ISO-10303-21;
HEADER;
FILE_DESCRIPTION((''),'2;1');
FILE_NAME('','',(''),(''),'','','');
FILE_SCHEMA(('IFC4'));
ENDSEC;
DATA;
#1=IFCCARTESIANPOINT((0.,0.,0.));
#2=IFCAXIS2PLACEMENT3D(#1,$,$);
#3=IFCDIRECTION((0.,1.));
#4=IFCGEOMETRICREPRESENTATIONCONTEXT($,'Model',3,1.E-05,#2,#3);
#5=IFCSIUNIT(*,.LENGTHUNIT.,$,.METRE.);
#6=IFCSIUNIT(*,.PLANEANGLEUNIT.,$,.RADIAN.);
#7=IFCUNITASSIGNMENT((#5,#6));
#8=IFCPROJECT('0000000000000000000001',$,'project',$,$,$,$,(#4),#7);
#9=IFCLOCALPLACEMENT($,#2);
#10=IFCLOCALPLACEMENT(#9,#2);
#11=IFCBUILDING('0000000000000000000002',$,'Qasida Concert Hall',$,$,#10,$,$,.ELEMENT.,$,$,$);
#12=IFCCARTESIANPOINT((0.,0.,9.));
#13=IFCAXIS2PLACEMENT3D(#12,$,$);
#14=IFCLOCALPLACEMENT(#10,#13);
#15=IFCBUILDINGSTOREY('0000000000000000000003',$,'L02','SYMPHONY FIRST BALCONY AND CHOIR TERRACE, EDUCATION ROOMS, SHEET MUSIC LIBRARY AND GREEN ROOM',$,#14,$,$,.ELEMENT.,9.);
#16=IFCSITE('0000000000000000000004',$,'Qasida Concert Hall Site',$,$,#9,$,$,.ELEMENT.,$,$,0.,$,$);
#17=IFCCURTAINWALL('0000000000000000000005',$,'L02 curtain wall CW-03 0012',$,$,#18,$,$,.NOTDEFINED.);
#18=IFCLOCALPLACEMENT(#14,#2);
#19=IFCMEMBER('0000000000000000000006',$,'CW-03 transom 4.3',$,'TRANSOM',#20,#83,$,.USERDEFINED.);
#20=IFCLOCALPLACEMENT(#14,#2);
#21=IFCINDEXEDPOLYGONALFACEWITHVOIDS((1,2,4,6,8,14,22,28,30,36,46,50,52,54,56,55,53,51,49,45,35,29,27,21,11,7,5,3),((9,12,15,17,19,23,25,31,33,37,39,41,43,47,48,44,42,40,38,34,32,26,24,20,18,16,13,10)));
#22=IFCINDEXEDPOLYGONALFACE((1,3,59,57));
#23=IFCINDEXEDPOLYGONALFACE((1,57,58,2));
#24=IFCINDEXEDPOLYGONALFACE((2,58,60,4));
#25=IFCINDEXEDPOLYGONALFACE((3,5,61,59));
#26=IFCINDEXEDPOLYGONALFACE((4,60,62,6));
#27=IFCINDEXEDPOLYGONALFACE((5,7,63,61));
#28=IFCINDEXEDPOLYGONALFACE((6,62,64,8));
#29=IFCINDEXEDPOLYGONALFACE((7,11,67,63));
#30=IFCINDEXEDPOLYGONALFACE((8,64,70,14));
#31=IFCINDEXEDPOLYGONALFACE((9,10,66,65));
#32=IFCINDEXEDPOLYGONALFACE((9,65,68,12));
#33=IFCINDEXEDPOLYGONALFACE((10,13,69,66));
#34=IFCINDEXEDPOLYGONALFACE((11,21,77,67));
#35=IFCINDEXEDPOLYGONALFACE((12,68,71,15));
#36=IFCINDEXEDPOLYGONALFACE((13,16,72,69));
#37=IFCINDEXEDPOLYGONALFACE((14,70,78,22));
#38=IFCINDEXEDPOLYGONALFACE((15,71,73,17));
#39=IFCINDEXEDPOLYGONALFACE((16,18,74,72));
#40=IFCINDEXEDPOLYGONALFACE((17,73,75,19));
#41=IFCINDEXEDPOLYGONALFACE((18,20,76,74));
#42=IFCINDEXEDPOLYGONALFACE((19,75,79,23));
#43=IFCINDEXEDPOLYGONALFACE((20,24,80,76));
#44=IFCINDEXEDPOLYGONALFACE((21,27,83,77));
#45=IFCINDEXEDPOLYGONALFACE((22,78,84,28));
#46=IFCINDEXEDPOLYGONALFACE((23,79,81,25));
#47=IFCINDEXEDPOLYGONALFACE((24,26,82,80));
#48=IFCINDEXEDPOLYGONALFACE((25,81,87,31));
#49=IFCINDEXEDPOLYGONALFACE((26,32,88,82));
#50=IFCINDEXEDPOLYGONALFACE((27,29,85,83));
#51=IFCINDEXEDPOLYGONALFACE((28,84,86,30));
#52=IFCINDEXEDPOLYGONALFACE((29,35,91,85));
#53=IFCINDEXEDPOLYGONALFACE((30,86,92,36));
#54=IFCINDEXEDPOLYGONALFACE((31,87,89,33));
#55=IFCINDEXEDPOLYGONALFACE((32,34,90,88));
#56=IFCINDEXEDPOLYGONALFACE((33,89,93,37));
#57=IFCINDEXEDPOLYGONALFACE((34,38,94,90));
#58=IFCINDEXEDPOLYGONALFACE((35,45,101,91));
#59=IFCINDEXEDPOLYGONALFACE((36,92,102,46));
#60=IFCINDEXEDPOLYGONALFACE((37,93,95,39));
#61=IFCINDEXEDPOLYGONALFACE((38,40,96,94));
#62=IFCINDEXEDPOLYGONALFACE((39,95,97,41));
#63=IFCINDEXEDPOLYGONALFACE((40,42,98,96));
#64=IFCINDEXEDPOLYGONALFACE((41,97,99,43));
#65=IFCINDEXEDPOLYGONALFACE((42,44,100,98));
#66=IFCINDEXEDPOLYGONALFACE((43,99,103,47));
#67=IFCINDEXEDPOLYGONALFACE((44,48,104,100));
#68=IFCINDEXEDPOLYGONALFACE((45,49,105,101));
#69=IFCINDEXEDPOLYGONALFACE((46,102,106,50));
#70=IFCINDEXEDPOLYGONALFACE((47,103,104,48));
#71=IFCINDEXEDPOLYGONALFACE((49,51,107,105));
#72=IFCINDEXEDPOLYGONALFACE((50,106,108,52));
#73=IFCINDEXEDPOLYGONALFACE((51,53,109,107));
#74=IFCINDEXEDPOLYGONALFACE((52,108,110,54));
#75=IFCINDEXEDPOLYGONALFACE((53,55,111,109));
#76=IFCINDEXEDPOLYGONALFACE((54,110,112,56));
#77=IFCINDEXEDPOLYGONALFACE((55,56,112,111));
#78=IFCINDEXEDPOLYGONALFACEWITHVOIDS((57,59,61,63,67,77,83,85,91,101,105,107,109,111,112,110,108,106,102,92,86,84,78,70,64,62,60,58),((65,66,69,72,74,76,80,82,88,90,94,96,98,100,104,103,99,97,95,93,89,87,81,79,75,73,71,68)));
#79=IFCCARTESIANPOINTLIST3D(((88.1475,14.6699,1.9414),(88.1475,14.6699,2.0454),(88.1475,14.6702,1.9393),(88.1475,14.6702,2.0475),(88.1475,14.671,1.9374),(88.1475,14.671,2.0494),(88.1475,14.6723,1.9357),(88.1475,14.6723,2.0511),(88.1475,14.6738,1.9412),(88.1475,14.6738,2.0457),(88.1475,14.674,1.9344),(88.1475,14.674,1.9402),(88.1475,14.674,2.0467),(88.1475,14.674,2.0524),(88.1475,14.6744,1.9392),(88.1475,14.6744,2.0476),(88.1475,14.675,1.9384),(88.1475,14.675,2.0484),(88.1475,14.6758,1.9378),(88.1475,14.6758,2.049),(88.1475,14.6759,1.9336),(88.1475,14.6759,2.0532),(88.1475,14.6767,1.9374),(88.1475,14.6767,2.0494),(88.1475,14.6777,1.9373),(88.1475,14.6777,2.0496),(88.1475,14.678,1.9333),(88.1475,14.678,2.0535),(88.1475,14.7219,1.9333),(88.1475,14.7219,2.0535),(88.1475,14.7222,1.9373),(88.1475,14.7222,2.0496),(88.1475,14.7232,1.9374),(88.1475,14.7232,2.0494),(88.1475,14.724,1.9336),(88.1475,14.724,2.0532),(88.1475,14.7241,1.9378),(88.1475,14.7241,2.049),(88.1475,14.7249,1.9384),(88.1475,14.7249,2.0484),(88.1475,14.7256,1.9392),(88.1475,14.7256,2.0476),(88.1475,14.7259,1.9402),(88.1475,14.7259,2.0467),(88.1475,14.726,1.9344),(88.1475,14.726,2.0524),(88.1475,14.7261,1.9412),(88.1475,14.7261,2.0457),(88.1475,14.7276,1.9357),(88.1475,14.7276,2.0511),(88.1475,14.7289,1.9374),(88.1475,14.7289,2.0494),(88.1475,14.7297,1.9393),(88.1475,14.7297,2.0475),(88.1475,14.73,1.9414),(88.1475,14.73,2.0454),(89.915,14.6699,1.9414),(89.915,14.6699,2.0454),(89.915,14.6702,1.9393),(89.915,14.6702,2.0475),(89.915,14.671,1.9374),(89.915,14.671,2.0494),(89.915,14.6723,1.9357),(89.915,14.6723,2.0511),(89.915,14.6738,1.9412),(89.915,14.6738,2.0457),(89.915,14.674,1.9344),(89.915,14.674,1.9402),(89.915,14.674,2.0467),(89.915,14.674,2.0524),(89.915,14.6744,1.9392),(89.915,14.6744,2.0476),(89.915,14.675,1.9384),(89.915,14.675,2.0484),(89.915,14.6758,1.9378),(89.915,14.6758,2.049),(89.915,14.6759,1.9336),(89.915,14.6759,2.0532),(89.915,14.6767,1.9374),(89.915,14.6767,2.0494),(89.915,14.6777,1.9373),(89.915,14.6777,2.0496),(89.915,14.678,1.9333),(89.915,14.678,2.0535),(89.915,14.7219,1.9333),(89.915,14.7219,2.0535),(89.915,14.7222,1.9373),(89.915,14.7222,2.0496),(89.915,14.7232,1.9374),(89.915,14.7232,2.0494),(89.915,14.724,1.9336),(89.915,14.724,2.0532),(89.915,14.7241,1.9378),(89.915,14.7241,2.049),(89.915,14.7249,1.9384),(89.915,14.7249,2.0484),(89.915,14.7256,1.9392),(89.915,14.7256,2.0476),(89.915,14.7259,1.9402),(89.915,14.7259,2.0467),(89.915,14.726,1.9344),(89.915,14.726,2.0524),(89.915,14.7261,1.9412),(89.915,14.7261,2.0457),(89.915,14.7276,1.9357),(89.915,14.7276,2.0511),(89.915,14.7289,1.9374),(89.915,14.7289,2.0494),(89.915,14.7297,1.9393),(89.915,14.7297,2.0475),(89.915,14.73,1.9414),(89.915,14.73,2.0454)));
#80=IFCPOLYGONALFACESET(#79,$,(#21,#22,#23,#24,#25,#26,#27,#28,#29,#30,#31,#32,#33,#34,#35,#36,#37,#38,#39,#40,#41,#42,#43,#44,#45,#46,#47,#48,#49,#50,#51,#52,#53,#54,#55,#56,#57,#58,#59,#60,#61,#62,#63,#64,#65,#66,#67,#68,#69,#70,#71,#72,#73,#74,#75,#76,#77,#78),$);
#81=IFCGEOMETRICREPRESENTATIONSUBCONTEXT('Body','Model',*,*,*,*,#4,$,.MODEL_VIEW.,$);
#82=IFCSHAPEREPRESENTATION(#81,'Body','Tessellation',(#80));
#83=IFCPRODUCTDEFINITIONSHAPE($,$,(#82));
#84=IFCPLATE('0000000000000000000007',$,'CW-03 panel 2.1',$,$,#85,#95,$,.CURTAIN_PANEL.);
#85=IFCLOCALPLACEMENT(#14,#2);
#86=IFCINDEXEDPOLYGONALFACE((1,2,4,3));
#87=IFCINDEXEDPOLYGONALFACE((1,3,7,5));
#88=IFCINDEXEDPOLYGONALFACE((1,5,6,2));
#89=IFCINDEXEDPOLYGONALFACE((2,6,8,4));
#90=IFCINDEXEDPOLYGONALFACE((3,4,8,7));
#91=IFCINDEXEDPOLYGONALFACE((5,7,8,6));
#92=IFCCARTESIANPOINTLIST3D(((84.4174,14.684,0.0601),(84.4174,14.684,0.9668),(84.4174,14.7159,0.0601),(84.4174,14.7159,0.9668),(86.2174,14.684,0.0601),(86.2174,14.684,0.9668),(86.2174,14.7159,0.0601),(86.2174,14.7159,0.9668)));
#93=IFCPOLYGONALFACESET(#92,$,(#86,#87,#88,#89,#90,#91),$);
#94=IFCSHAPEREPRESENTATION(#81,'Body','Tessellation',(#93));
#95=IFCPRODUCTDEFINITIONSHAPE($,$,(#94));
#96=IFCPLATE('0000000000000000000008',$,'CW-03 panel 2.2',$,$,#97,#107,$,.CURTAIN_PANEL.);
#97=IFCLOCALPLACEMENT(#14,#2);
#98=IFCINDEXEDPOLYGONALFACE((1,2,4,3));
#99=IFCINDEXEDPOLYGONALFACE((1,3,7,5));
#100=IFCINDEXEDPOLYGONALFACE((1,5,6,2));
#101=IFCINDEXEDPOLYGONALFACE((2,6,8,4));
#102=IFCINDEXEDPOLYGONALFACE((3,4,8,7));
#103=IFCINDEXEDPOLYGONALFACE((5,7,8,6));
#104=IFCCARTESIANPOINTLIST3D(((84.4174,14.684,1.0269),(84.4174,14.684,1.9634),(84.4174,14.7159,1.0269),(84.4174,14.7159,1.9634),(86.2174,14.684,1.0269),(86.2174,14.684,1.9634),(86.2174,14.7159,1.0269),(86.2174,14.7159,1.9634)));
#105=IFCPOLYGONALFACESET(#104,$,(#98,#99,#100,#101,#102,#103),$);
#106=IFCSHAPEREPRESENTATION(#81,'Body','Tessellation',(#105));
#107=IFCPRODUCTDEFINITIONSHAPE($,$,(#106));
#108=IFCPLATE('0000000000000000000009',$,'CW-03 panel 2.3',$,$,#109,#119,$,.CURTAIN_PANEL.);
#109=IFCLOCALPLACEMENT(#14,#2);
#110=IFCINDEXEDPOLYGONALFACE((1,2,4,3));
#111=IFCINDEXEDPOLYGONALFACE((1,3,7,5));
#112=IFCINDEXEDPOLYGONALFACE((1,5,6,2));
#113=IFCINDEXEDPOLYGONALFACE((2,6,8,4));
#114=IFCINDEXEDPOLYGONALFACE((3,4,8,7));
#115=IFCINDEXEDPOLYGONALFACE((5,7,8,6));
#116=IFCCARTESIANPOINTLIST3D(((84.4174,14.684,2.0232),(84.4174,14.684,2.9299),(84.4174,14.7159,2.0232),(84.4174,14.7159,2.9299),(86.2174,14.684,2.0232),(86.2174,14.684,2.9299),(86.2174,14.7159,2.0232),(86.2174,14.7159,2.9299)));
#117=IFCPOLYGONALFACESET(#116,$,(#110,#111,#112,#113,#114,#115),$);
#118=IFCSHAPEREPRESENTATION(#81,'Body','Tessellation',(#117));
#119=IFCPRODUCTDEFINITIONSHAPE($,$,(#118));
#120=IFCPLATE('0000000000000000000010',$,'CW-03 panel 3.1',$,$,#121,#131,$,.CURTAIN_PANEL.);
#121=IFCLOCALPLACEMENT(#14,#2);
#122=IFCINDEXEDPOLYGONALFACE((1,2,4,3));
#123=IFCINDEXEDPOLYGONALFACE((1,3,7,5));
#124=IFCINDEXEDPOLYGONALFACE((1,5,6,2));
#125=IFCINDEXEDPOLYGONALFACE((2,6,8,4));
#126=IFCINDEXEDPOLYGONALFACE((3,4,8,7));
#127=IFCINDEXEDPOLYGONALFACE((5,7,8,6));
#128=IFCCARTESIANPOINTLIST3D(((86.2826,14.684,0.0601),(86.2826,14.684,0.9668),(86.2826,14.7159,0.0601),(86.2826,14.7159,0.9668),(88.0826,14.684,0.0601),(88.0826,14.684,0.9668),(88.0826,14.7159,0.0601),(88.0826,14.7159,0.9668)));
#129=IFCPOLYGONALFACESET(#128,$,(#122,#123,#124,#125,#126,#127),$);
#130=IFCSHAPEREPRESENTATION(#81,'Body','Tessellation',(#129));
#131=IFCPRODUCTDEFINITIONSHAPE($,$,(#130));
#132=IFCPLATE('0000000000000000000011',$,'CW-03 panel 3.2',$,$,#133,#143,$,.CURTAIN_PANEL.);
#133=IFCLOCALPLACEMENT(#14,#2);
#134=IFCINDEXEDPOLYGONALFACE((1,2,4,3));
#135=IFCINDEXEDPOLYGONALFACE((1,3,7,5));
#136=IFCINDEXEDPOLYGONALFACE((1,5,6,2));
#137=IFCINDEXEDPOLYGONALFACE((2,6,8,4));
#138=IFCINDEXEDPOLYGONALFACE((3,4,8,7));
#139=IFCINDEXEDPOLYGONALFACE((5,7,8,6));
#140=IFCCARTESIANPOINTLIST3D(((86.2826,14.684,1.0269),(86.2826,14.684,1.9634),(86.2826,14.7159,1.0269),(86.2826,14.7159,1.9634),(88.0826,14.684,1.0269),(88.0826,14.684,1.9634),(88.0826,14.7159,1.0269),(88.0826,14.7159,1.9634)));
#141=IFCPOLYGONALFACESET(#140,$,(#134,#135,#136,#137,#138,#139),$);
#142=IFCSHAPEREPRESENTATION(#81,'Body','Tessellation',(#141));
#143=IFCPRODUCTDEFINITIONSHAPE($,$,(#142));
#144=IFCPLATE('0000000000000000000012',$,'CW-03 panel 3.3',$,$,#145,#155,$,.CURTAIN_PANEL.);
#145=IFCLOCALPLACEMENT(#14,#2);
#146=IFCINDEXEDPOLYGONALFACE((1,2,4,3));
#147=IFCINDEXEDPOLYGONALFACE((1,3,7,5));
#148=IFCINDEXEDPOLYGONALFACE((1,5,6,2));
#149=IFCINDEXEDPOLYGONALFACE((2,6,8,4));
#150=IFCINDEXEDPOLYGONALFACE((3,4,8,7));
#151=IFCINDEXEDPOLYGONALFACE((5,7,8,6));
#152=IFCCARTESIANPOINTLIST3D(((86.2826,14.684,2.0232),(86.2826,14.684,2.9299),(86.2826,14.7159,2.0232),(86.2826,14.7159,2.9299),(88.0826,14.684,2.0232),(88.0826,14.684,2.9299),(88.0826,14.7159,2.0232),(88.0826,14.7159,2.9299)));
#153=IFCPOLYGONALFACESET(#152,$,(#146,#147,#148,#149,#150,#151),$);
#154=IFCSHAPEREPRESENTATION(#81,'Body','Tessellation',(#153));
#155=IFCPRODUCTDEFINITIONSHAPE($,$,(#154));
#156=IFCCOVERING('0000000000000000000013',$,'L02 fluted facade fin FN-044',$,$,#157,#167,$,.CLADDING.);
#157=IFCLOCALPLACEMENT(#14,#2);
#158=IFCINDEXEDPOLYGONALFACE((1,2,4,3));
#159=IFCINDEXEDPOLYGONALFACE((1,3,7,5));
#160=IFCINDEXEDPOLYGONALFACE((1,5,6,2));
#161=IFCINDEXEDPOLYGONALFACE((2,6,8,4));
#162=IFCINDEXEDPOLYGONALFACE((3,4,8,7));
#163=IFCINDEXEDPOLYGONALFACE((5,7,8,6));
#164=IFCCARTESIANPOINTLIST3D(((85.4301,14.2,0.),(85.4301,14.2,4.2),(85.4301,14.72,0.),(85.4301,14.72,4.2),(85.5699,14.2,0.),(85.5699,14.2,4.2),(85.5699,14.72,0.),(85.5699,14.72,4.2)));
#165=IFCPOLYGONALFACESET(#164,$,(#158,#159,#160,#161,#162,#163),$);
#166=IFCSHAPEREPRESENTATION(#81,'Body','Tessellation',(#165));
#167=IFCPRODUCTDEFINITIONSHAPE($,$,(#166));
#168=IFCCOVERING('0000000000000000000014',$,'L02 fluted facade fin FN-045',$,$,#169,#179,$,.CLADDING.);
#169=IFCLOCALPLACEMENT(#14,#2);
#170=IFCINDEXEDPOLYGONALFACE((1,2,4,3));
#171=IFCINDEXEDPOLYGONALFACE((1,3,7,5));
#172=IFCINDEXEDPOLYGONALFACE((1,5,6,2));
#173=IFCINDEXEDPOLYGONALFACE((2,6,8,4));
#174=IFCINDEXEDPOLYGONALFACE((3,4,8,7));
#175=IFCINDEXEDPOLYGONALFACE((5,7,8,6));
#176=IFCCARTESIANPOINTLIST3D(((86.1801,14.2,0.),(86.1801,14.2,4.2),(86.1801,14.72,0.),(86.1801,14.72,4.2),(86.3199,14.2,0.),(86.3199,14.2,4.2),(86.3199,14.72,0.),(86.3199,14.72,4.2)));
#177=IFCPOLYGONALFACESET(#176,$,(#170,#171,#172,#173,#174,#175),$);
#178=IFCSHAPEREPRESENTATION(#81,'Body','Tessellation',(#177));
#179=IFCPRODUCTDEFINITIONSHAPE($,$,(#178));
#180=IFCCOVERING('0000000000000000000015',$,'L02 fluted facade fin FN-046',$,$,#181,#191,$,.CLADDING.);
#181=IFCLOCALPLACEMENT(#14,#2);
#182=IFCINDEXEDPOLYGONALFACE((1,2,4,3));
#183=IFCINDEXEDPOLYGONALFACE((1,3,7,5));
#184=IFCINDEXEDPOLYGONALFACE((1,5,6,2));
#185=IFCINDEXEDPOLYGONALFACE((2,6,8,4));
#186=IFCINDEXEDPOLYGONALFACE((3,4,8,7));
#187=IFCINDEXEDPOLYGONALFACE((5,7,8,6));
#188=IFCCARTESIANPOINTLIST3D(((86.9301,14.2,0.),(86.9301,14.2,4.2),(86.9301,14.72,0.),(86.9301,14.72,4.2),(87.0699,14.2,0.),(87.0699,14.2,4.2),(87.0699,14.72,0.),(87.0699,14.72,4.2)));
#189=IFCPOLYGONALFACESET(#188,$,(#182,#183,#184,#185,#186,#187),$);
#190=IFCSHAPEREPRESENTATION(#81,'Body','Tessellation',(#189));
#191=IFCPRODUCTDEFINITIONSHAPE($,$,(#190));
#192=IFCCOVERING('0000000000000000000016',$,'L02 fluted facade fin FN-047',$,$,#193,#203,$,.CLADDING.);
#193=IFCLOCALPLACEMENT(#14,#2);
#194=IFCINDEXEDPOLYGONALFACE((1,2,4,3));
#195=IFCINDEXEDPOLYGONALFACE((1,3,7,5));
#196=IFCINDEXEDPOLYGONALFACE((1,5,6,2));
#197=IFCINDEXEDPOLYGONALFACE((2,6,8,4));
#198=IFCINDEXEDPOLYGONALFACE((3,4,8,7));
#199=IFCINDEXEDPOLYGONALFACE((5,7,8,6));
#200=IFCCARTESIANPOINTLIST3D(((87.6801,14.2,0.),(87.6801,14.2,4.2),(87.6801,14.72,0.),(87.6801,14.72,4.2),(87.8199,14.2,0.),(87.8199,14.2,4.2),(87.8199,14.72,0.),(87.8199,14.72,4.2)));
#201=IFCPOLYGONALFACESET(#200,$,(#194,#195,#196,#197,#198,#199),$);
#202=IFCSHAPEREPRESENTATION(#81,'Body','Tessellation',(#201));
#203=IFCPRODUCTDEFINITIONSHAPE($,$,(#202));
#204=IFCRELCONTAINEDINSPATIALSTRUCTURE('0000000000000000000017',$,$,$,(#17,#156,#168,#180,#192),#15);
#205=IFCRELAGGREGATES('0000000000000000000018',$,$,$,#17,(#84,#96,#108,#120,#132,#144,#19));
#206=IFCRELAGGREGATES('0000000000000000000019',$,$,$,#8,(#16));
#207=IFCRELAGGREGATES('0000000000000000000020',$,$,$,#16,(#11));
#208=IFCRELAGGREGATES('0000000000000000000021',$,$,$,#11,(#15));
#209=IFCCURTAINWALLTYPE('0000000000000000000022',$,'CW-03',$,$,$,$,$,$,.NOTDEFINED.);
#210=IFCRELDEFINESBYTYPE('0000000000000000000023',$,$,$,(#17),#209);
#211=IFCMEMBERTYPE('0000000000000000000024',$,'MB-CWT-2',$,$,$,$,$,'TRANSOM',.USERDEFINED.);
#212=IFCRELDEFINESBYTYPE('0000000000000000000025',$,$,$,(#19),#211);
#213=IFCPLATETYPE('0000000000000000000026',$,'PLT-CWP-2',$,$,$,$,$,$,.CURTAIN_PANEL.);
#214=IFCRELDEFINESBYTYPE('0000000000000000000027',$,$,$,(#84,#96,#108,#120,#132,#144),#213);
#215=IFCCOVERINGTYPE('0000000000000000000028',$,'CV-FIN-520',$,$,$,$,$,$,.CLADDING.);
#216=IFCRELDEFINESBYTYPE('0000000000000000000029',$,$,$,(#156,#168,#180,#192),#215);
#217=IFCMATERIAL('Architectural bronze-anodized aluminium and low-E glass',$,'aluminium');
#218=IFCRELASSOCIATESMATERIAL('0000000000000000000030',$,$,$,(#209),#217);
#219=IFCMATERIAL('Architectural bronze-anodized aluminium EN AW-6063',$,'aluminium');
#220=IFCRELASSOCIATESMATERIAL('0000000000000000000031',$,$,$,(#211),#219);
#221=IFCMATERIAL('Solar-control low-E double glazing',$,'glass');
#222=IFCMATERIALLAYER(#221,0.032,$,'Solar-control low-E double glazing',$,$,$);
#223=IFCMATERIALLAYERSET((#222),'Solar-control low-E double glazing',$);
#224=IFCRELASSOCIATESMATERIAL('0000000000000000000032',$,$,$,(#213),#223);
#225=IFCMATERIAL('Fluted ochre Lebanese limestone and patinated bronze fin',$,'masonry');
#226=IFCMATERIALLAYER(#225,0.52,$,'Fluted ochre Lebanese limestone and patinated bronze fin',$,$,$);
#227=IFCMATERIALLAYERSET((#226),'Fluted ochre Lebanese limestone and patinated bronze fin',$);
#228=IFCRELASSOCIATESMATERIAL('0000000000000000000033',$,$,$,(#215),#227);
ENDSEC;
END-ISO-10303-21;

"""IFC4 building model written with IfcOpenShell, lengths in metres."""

from ifc_helpers import new_model, si_unit, direction, frame, origin, origin_2d, place, context, subcontext, project, spatial, rectangle, hollow_rectangle, extrude, material, layer, layer_set, material_profile, profile_set, type_object, element, aggregate, save


model = new_model("IFC4")

# Units and contexts
model_context = context("Model", 3, precision=1e-05, world=origin(), true_north=direction((0.0, 1.0)))
body_context = subcontext(model_context, "Body", "Model", "MODEL_VIEW")
ifc_project = project(units=[si_unit("LENGTHUNIT", "METRE"), si_unit("PLANEANGLEUNIT", "RADIAN")], contexts=[model_context])

# Site, building, storey
site_placement = place(None, origin())
site = spatial("IfcSite", under=ifc_project, at=site_placement, Name="Qasida Concert Hall Site", CompositionType="ELEMENT", RefElevation=0.0)
building_placement = place(site_placement, origin())
building = spatial("IfcBuilding", under=site, at=building_placement, Name="Qasida Concert Hall", CompositionType="ELEMENT")
storey_placement = place(building_placement, frame((0.0, 0.0, 9.0)))
storey = spatial("IfcBuildingStorey", under=building, at=storey_placement, Name="L02", Description="SYMPHONY FIRST BALCONY AND CHOIR TERRACE, EDUCATION ROOMS, SHEET MUSIC LIBRARY AND GREEN ROOM", CompositionType="ELEMENT", Elevation=9.0)

# Curtain wall, member, plates
ifc_material_1 = material(Name="Architectural bronze-anodized aluminium and low-E glass", Category="aluminium")
curtain_wall_type = type_object("IfcCurtainWallType", Name="CW-03", PredefinedType="NOTDEFINED", material=ifc_material_1)
curtain_wall_placement = place(storey_placement, origin())
curtain_wall = element("IfcCurtainWall", 1, at=curtain_wall_placement, inside=storey, type_object=curtain_wall_type, Name="L02 curtain wall CW-03 0012", PredefinedType="NOTDEFINED")
ifc_material_2 = material(Name="Architectural bronze-anodized aluminium EN AW-6063", Category="aluminium")
ifc_material_profile_1 = material_profile(ifc_material_2, hollow_rectangle(XDim=0.0601, YDim=0.1201, WallThickness=0.0039, InnerFilletRadius=0.0039, OuterFilletRadius=0.0081, at=origin_2d()), Name="CWT 120x60x4")
ifc_profile_set_1 = profile_set([ifc_material_profile_1], Name="Architectural bronze-anodized aluminium EN AW-6063")
member_type_1 = type_object("IfcMemberType", Name="MB-CWT-2", ElementType="TRANSOM", PredefinedType="USERDEFINED", material=ifc_profile_set_1)
member_1_placement = place(storey_placement, frame((88.1475, 14.7, 1.9934), z_axis=(1.0, 0.0, 0.0), x_axis=(0.0, 1.0, 0.0)))
member_1 = element("IfcMember", 2, at=member_1_placement, type_object=member_type_1, Name="CW-03 transom 4.3", ObjectType="TRANSOM", PredefinedType="USERDEFINED", context=body_context, shape_type="SweptSolid", body=[
    extrude(hollow_rectangle(XDim=0.0601, YDim=0.1201, WallThickness=0.0039, InnerFilletRadius=0.0039, OuterFilletRadius=0.0081, at=origin_2d()), origin(), (0.0, 0.0, 1.0), 1.7676),
])
ifc_material_3 = material(Name="Solar-control low-E double glazing", Category="glass")
ifc_layer_1 = layer(ifc_material_3, 0.032, Name="Solar-control low-E double glazing")
ifc_layer_set_1 = layer_set([ifc_layer_1], Name="Solar-control low-E double glazing")
plate_type = type_object("IfcPlateType", Name="PLT-CWP-2", PredefinedType="CURTAIN_PANEL", material=ifc_layer_set_1)
plate_1_placement = place(storey_placement, frame((85.3174, 14.7, 0.0601), z_axis=(0.0, 0.0, 1.0), x_axis=(1.0, 0.0, 0.0)))
plate_1 = element("IfcPlate", 3, at=plate_1_placement, type_object=plate_type, Name="CW-03 panel 2.1", PredefinedType="CURTAIN_PANEL", context=body_context, shape_type="SweptSolid", body=[
    extrude(rectangle(XDim=1.8, YDim=0.032, at=origin_2d()), origin(), (0.0, 0.0, 1.0), 0.9067),
])
plate_2_placement = place(storey_placement, frame((85.3174, 14.7, 1.0269), z_axis=(0.0, 0.0, 1.0), x_axis=(1.0, 0.0, 0.0)))
plate_2 = element("IfcPlate", 4, at=plate_2_placement, type_object=plate_type, Name="CW-03 panel 2.2", PredefinedType="CURTAIN_PANEL", context=body_context, shape_type="SweptSolid", body=[
    extrude(rectangle(XDim=1.8, YDim=0.032, at=origin_2d()), origin(), (0.0, 0.0, 1.0), 0.9365),
])
plate_3_placement = place(storey_placement, frame((85.3174, 14.7, 2.0232), z_axis=(0.0, 0.0, 1.0), x_axis=(1.0, 0.0, 0.0)))
plate_3 = element("IfcPlate", 5, at=plate_3_placement, type_object=plate_type, Name="CW-03 panel 2.3", PredefinedType="CURTAIN_PANEL", context=body_context, shape_type="SweptSolid", body=[
    extrude(rectangle(XDim=1.8, YDim=0.032, at=origin_2d()), origin(), (0.0, 0.0, 1.0), 0.9067),
])
plate_4_placement = place(storey_placement, frame((87.1826, 14.7, 0.0601), z_axis=(0.0, 0.0, 1.0), x_axis=(1.0, 0.0, 0.0)))
plate_4 = element("IfcPlate", 6, at=plate_4_placement, type_object=plate_type, Name="CW-03 panel 3.1", PredefinedType="CURTAIN_PANEL", context=body_context, shape_type="SweptSolid", body=[
    extrude(rectangle(XDim=1.8, YDim=0.032, at=origin_2d()), origin(), (0.0, 0.0, 1.0), 0.9067),
])
plate_5_placement = place(storey_placement, frame((87.1826, 14.7, 1.0269), z_axis=(0.0, 0.0, 1.0), x_axis=(1.0, 0.0, 0.0)))
plate_5 = element("IfcPlate", 7, at=plate_5_placement, type_object=plate_type, Name="CW-03 panel 3.2", PredefinedType="CURTAIN_PANEL", context=body_context, shape_type="SweptSolid", body=[
    extrude(rectangle(XDim=1.8, YDim=0.032, at=origin_2d()), origin(), (0.0, 0.0, 1.0), 0.9365),
])
plate_6_placement = place(storey_placement, frame((87.1826, 14.7, 2.0232), z_axis=(0.0, 0.0, 1.0), x_axis=(1.0, 0.0, 0.0)))
plate_6 = element("IfcPlate", 8, at=plate_6_placement, type_object=plate_type, Name="CW-03 panel 3.3", PredefinedType="CURTAIN_PANEL", context=body_context, shape_type="SweptSolid", body=[
    extrude(rectangle(XDim=1.8, YDim=0.032, at=origin_2d()), origin(), (0.0, 0.0, 1.0), 0.9067),
])
aggregate(curtain_wall, [plate_1, plate_2, plate_3, plate_4, plate_5, plate_6, member_1])

# Coverings
ifc_material_4 = material(Name="Fluted ochre Lebanese limestone and patinated bronze fin", Category="masonry")
ifc_layer_2 = layer(ifc_material_4, 0.52, Name="Fluted ochre Lebanese limestone and patinated bronze fin")
ifc_layer_set_2 = layer_set([ifc_layer_2], Name="Fluted ochre Lebanese limestone and patinated bronze fin")
covering_type = type_object("IfcCoveringType", Name="CV-FIN-520", PredefinedType="CLADDING", material=ifc_layer_set_2)
for number, where, z_axis, x_axis, name in (
    (9, (85.5, 14.46, 0.0), (0.0, 0.0, 1.0), (1.0, 0.0, 0.0), "L02 fluted facade fin FN-044"),
    (10, (86.25, 14.46, 0.0), (0.0, 0.0, 1.0), (1.0, 0.0, 0.0), "L02 fluted facade fin FN-045"),
    (11, (87.0, 14.46, 0.0), (0.0, 0.0, 1.0), (1.0, 0.0, 0.0), "L02 fluted facade fin FN-046"),
    (12, (87.75, 14.46, 0.0), (0.0, 0.0, 1.0), (1.0, 0.0, 0.0), "L02 fluted facade fin FN-047"),
):
    element("IfcCovering", number, at=place(storey_placement, frame(where, z_axis=z_axis, x_axis=x_axis)), inside=storey, type_object=covering_type, Name=name, PredefinedType="CLADDING", context=body_context, shape_type="SweptSolid", body=[
        extrude(rectangle(XDim=0.1399, YDim=0.52, at=origin_2d()), origin(), (0.0, 0.0, 1.0), 4.2),
    ])

save(model, "model.ifc")
